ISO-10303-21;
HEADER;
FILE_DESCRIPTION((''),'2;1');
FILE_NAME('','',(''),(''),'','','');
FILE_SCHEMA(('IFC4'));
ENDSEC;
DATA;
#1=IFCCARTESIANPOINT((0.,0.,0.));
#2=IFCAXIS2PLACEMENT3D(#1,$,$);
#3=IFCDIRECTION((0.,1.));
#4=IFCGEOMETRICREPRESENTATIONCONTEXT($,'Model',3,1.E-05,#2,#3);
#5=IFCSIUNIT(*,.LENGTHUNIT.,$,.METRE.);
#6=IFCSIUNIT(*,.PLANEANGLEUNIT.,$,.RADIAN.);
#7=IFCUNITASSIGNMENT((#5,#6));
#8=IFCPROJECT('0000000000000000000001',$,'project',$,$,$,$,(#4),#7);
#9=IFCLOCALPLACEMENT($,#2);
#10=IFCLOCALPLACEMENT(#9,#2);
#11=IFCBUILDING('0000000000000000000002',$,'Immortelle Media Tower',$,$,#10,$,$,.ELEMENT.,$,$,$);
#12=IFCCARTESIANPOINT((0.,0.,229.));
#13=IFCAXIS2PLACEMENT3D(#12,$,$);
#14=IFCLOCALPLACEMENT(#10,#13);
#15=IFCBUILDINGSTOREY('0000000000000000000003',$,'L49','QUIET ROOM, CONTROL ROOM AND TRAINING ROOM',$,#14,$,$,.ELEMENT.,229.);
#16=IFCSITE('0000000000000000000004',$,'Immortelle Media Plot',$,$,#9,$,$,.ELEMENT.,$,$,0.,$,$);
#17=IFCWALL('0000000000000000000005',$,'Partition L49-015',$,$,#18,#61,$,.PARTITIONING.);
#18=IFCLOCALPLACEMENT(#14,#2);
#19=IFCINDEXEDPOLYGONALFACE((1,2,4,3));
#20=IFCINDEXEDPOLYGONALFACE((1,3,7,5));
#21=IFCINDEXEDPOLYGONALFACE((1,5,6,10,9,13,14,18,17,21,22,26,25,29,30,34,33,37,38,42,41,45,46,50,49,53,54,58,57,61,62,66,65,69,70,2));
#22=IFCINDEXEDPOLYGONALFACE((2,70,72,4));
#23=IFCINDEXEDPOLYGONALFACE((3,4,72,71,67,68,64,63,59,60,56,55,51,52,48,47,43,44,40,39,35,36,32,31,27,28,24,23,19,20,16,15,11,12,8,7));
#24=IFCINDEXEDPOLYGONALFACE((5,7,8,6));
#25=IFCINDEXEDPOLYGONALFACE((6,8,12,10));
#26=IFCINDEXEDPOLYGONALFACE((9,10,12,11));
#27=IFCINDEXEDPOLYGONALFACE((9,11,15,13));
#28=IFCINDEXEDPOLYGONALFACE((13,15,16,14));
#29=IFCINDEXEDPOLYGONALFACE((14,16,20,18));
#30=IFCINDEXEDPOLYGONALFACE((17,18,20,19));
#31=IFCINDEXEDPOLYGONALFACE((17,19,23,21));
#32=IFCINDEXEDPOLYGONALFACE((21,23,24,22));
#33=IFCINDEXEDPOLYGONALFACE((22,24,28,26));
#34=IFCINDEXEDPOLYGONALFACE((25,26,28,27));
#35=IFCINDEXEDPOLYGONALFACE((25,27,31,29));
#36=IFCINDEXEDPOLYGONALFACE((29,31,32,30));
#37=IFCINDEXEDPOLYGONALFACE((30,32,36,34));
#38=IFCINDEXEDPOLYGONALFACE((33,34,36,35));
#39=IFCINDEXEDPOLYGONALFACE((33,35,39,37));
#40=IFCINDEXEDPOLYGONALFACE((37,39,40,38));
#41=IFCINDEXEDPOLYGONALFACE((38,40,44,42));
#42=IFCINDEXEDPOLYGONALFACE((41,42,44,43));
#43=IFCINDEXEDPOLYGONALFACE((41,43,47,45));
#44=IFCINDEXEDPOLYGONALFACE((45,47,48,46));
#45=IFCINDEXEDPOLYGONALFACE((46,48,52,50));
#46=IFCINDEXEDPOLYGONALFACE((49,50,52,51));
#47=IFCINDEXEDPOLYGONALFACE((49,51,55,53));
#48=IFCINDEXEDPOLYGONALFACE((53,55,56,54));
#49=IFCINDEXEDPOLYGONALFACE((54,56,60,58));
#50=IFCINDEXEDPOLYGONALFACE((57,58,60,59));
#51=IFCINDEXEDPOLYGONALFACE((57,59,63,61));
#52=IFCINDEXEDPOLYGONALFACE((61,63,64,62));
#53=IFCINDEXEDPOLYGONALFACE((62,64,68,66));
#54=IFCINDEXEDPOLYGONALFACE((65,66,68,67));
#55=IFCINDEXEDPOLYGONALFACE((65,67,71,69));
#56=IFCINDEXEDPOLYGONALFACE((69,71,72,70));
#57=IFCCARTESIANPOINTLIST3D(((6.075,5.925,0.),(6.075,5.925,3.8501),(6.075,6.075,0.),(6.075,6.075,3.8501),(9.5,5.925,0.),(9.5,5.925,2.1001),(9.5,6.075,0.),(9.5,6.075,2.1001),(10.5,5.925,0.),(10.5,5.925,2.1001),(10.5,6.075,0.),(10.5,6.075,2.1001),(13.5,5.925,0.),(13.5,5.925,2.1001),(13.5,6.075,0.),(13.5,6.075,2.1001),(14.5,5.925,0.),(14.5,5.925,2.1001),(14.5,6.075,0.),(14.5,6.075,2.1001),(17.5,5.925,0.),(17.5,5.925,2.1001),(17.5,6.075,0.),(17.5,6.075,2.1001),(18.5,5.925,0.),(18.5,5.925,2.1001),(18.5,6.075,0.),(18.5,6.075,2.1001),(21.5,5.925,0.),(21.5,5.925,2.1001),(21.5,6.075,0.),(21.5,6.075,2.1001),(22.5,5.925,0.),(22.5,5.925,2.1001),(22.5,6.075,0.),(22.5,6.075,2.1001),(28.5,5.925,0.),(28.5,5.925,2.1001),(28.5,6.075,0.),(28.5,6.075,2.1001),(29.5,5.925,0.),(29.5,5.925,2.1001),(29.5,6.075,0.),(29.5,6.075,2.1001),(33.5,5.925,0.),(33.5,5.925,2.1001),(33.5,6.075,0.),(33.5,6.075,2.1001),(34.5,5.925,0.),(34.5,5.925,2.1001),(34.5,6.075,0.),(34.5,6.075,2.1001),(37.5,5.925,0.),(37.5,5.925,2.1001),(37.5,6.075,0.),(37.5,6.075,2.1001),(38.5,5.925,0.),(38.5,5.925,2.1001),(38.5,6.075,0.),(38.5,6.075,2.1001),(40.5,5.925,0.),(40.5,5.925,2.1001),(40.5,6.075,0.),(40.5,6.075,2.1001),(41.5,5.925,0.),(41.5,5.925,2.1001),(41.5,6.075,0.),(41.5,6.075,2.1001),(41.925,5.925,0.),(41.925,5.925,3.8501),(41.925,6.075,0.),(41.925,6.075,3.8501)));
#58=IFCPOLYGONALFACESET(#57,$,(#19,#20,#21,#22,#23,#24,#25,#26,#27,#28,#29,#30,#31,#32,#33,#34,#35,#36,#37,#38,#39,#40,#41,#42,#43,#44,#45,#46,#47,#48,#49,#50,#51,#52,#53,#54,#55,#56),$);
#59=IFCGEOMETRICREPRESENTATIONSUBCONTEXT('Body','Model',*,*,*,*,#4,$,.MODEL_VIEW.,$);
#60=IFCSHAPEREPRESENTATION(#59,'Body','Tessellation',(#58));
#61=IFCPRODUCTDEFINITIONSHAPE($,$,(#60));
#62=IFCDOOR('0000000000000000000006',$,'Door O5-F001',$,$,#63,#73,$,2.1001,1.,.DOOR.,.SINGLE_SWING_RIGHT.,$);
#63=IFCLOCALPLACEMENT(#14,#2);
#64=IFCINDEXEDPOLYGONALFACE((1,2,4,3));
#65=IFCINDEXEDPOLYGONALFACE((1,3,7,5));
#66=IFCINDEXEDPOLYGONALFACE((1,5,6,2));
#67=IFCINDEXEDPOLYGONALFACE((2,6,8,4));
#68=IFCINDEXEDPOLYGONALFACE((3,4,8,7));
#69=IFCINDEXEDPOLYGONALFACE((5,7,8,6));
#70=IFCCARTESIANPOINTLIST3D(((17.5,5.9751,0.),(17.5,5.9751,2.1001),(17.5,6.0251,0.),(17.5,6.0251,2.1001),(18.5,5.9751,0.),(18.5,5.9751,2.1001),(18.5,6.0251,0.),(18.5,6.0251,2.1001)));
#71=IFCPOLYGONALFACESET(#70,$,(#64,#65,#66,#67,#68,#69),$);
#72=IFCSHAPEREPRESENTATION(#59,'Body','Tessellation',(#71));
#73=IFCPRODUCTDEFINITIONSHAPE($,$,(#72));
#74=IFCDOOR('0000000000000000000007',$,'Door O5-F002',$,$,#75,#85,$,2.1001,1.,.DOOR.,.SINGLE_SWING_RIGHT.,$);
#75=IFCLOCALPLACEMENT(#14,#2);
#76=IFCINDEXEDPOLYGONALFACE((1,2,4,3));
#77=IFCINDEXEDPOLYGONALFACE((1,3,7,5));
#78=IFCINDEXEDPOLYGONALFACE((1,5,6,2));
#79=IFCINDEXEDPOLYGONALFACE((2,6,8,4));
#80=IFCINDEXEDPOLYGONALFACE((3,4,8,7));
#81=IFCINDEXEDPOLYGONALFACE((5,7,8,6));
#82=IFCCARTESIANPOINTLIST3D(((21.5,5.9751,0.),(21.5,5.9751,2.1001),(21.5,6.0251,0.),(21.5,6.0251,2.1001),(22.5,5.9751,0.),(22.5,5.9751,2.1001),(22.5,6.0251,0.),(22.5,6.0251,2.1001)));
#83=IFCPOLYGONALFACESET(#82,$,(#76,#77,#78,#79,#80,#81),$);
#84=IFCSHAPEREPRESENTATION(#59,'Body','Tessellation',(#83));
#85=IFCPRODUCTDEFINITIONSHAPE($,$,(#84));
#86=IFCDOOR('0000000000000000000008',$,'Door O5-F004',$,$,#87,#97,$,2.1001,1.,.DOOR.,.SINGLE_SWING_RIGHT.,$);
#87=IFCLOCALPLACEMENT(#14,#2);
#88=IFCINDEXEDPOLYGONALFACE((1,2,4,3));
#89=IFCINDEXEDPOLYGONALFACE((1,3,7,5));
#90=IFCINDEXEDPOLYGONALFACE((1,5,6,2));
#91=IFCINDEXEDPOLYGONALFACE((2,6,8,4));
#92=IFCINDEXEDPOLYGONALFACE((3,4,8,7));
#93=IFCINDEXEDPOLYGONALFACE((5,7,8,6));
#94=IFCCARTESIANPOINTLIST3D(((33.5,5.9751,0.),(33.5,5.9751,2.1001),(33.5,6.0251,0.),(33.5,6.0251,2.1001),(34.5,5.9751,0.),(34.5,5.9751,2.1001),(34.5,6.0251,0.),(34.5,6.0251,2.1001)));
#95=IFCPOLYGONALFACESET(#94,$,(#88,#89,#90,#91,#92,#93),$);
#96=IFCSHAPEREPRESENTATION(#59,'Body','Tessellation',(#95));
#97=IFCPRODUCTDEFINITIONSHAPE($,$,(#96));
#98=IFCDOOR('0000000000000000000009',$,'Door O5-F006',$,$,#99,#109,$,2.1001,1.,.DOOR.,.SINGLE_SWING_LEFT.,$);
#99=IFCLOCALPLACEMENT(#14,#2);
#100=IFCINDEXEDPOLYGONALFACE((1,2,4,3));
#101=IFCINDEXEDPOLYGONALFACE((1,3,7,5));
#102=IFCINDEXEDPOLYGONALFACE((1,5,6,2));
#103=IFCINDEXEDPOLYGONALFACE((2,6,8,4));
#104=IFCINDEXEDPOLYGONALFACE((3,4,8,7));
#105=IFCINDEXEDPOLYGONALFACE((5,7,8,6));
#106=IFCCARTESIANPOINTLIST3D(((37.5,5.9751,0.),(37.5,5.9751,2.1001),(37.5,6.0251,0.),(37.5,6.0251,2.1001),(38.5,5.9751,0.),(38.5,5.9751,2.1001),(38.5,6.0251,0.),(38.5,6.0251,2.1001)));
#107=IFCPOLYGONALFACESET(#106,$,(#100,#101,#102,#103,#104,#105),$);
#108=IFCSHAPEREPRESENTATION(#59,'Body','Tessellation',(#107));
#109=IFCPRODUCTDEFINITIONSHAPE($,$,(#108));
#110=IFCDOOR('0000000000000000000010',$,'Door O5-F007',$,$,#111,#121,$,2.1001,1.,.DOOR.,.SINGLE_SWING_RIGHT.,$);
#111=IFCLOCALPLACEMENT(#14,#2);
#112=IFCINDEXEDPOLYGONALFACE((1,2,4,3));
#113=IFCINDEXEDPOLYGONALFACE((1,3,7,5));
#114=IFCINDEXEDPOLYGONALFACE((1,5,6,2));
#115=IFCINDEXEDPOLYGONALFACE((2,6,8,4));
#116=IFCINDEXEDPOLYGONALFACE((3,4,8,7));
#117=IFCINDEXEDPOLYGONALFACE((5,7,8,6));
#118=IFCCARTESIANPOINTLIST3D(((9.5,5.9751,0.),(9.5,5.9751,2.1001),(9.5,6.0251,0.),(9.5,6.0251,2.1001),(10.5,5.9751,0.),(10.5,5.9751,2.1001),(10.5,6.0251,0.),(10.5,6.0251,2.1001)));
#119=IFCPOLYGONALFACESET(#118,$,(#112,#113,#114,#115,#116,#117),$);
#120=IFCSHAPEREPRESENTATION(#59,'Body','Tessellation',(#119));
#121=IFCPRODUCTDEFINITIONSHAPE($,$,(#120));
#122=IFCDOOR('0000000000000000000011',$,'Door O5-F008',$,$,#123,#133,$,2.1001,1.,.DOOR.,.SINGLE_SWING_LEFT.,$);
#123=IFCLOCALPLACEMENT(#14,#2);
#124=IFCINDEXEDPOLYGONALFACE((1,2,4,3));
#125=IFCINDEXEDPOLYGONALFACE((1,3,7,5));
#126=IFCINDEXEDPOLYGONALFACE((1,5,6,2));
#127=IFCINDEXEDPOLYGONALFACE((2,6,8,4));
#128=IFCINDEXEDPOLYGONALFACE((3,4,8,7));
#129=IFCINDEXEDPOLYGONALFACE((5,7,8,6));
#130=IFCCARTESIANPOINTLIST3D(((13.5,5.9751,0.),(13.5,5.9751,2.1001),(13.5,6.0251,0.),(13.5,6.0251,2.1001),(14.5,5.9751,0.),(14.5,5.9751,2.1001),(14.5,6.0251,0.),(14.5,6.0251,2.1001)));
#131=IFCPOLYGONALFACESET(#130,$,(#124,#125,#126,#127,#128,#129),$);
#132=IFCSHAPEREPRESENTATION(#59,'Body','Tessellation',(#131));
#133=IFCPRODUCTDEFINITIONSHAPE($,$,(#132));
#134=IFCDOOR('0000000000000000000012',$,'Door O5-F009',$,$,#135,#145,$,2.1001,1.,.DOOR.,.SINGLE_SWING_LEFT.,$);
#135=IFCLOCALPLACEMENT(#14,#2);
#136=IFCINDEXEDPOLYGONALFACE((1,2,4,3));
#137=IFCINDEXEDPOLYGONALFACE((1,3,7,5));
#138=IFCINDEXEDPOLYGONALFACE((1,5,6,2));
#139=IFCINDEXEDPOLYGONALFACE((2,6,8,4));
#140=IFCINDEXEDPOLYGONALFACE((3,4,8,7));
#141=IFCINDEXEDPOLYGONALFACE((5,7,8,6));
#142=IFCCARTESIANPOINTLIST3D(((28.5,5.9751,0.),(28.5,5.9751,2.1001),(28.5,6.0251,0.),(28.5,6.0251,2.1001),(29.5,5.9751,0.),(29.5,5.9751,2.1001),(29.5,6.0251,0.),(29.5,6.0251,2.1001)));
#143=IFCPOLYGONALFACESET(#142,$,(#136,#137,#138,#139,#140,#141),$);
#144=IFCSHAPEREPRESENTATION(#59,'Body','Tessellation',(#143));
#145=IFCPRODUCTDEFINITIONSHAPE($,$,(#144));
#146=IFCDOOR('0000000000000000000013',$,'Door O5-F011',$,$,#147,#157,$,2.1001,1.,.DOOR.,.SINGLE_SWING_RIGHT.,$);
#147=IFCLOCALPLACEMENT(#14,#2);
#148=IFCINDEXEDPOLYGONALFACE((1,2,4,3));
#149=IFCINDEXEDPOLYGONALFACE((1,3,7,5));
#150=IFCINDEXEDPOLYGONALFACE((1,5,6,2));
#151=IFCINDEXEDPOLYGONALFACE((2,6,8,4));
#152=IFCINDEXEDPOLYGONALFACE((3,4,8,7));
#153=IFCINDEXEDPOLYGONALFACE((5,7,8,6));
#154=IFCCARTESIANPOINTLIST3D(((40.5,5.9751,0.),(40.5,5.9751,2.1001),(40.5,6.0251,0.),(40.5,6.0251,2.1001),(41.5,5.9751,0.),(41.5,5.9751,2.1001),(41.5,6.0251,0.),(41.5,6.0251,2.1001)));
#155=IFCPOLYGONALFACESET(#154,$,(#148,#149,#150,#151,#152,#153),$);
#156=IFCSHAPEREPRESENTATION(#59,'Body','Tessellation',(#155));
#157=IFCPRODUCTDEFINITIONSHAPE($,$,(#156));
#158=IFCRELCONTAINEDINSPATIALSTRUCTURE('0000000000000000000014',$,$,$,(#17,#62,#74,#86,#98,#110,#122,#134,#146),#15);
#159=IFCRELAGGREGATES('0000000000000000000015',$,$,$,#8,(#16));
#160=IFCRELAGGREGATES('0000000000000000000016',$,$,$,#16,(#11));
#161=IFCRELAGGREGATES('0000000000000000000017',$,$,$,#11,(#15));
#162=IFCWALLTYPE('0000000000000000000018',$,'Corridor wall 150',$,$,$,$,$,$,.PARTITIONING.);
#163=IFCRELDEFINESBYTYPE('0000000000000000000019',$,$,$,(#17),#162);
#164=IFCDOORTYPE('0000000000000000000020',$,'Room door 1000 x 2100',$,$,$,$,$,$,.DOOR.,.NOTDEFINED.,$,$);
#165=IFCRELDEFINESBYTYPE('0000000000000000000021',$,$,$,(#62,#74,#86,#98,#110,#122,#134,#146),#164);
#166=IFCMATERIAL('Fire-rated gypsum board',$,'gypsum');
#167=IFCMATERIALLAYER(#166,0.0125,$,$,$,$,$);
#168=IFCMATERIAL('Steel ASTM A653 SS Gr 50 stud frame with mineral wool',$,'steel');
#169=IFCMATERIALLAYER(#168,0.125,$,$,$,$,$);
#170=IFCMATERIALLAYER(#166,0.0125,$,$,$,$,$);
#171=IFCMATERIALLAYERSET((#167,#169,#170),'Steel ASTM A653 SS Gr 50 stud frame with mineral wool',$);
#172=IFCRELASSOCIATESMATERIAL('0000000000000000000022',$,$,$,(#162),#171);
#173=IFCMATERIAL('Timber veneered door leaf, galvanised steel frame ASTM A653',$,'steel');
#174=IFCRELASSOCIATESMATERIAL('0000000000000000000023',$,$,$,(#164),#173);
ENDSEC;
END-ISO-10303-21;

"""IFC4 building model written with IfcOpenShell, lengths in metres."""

from ifc_helpers import new_model, si_unit, direction, frame, frame_2d, origin, place, context, subcontext, project, spatial, rectangle, extrude, material, layer, layer_set, type_object, element, fill, save


model = new_model("IFC4")

# Units and contexts
model_context = context("Model", 3, precision=1e-05, world=origin(), true_north=direction((0.0, 1.0)))
body_context = subcontext(model_context, "Body", "Model", "MODEL_VIEW")
ifc_project = project(units=[si_unit("LENGTHUNIT", "METRE"), si_unit("PLANEANGLEUNIT", "RADIAN")], contexts=[model_context])

# Site, building, storey
site_placement = place(None, origin())
site = spatial("IfcSite", under=ifc_project, at=site_placement, Name="Immortelle Media Plot", CompositionType="ELEMENT", RefElevation=0.0)
building_placement = place(site_placement, origin())
building = spatial("IfcBuilding", under=site, at=building_placement, Name="Immortelle Media Tower", CompositionType="ELEMENT")
storey_placement = place(building_placement, frame((0.0, 0.0, 229.0)))
storey = spatial("IfcBuildingStorey", under=building, at=storey_placement, Name="L49", Description="QUIET ROOM, CONTROL ROOM AND TRAINING ROOM", CompositionType="ELEMENT", Elevation=229.0)

# Wall, openings, doors
ifc_material_1 = material(Name="Fire-rated gypsum board", Category="gypsum")
ifc_layer_1 = layer(ifc_material_1, 0.0125)
ifc_material_2 = material(Name="Steel ASTM A653 SS Gr 50 stud frame with mineral wool", Category="steel")
ifc_layer_2 = layer(ifc_material_2, 0.125)
ifc_layer_3 = layer(ifc_material_1, 0.0125)
ifc_layer_set_1 = layer_set([ifc_layer_1, ifc_layer_2, ifc_layer_3], Name="Steel ASTM A653 SS Gr 50 stud frame with mineral wool")
wall_type_1 = type_object("IfcWallType", Name="Corridor wall 150", PredefinedType="PARTITIONING", material=ifc_layer_set_1)
wall_1_placement = place(storey_placement, frame((6.075, 6.0, 0.0), z_axis=(0.0, 0.0, 1.0), x_axis=(1.0, 0.0, 0.0)))
wall_1 = element("IfcWall", 1, at=wall_1_placement, inside=storey, type_object=wall_type_1, Name="Partition L49-015", PredefinedType="PARTITIONING", context=body_context, shape_type="SweptSolid", body=[
    extrude(rectangle(XDim=35.8501, YDim=0.1499, at=frame_2d((17.925, 0.0))), origin(), (0.0, 0.0, 1.0), 3.8501),
])
opening_1_placement = place(wall_1_placement, frame((12.425, 0.0, 0.0), z_axis=(0.0, 0.0, 1.0), x_axis=(-1.0, 0.0, 0.0)))
opening_1 = element("IfcOpeningElement", 2, at=opening_1_placement, cuts=wall_1, PredefinedType="OPENING", context=body_context, shape_type="SweptSolid", body=[
    extrude(rectangle(XDim=1.0, YDim=2.1001, at=frame_2d((0.5, 1.05))), frame((0.0, 0.085, 0.0), z_axis=(0.0, -1.0, 0.0), x_axis=(1.0, 0.0, 0.0)), (0.0, 0.0, 1.0), 0.1699),
])
opening_2_placement = place(wall_1_placement, frame((16.425, 0.0, 0.0), z_axis=(0.0, 0.0, 1.0), x_axis=(-1.0, 0.0, 0.0)))
opening_2 = element("IfcOpeningElement", 3, at=opening_2_placement, cuts=wall_1, PredefinedType="OPENING", context=body_context, shape_type="SweptSolid", body=[
    extrude(rectangle(XDim=1.0, YDim=2.1001, at=frame_2d((0.5, 1.05))), frame((0.0, 0.085, 0.0), z_axis=(0.0, -1.0, 0.0), x_axis=(1.0, 0.0, 0.0)), (0.0, 0.0, 1.0), 0.1699),
])
opening_3_placement = place(wall_1_placement, frame((28.425, 0.0, 0.0), z_axis=(0.0, 0.0, 1.0), x_axis=(-1.0, 0.0, 0.0)))
opening_3 = element("IfcOpeningElement", 4, at=opening_3_placement, cuts=wall_1, PredefinedType="OPENING", context=body_context, shape_type="SweptSolid", body=[
    extrude(rectangle(XDim=1.0, YDim=2.1001, at=frame_2d((0.5, 1.05))), frame((0.0, 0.085, 0.0), z_axis=(0.0, -1.0, 0.0), x_axis=(1.0, 0.0, 0.0)), (0.0, 0.0, 1.0), 0.1699),
])
opening_4_placement = place(wall_1_placement, frame((32.425, 0.0, 0.0), z_axis=(0.0, 0.0, 1.0), x_axis=(-1.0, 0.0, 0.0)))
opening_4 = element("IfcOpeningElement", 5, at=opening_4_placement, cuts=wall_1, PredefinedType="OPENING", context=body_context, shape_type="SweptSolid", body=[
    extrude(rectangle(XDim=1.0, YDim=2.1001, at=frame_2d((0.5, 1.05))), frame((0.0, 0.085, 0.0), z_axis=(0.0, -1.0, 0.0), x_axis=(1.0, 0.0, 0.0)), (0.0, 0.0, 1.0), 0.1699),
])
opening_5_placement = place(wall_1_placement, frame((4.425, 0.0, 0.0), z_axis=(0.0, 0.0, 1.0), x_axis=(-1.0, 0.0, 0.0)))
opening_5 = element("IfcOpeningElement", 6, at=opening_5_placement, cuts=wall_1, PredefinedType="OPENING", context=body_context, shape_type="SweptSolid", body=[
    extrude(rectangle(XDim=1.0, YDim=2.1001, at=frame_2d((0.5, 1.05))), frame((0.0, 0.085, 0.0), z_axis=(0.0, -1.0, 0.0), x_axis=(1.0, 0.0, 0.0)), (0.0, 0.0, 1.0), 0.1699),
])
opening_6_placement = place(wall_1_placement, frame((8.425, 0.0, 0.0), z_axis=(0.0, 0.0, 1.0), x_axis=(-1.0, 0.0, 0.0)))
opening_6 = element("IfcOpeningElement", 7, at=opening_6_placement, cuts=wall_1, PredefinedType="OPENING", context=body_context, shape_type="SweptSolid", body=[
    extrude(rectangle(XDim=1.0, YDim=2.1001, at=frame_2d((0.5, 1.05))), frame((0.0, 0.085, 0.0), z_axis=(0.0, -1.0, 0.0), x_axis=(1.0, 0.0, 0.0)), (0.0, 0.0, 1.0), 0.1699),
])
opening_7_placement = place(wall_1_placement, frame((23.425, 0.0, 0.0), z_axis=(0.0, 0.0, 1.0), x_axis=(-1.0, 0.0, 0.0)))
opening_7 = element("IfcOpeningElement", 8, at=opening_7_placement, cuts=wall_1, PredefinedType="OPENING", context=body_context, shape_type="SweptSolid", body=[
    extrude(rectangle(XDim=1.0, YDim=2.1001, at=frame_2d((0.5, 1.05))), frame((0.0, 0.085, 0.0), z_axis=(0.0, -1.0, 0.0), x_axis=(1.0, 0.0, 0.0)), (0.0, 0.0, 1.0), 0.1699),
])
opening_8_placement = place(wall_1_placement, frame((35.425, 0.0, 0.0), z_axis=(0.0, 0.0, 1.0), x_axis=(-1.0, 0.0, 0.0)))
opening_8 = element("IfcOpeningElement", 9, at=opening_8_placement, cuts=wall_1, PredefinedType="OPENING", context=body_context, shape_type="SweptSolid", body=[
    extrude(rectangle(XDim=1.0, YDim=2.1001, at=frame_2d((0.5, 1.05))), frame((0.0, 0.085, 0.0), z_axis=(0.0, -1.0, 0.0), x_axis=(1.0, 0.0, 0.0)), (0.0, 0.0, 1.0), 0.1699),
])
ifc_material_3 = material(Name="Timber veneered door leaf, galvanised steel frame ASTM A653", Category="steel")
door_type = type_object("IfcDoorType", Name="Room door 1000 x 2100", OperationType="NOTDEFINED", PredefinedType="DOOR", material=ifc_material_3)
door_1_placement = place(opening_1_placement, origin())
door_1 = element("IfcDoor", 10, at=door_1_placement, inside=storey, type_object=door_type, Name="Door O5-F001", OperationType="SINGLE_SWING_RIGHT", OverallHeight=2.1001, OverallWidth=1.0, PredefinedType="DOOR", context=body_context, shape_type="SweptSolid", body=[
    extrude(rectangle(XDim=1.0, YDim=2.1001, at=frame_2d((0.5, 1.05))), frame((0.0, 0.0249, 0.0), z_axis=(0.0, -1.0, 0.0), x_axis=(1.0, 0.0, 0.0)), (0.0, 0.0, 1.0), 0.05),
])
fill(opening_1, door_1)
door_2_placement = place(opening_2_placement, origin())
door_2 = element("IfcDoor", 11, at=door_2_placement, inside=storey, type_object=door_type, Name="Door O5-F002", OperationType="SINGLE_SWING_RIGHT", OverallHeight=2.1001, OverallWidth=1.0, PredefinedType="DOOR", context=body_context, shape_type="SweptSolid", body=[
    extrude(rectangle(XDim=1.0, YDim=2.1001, at=frame_2d((0.5, 1.05))), frame((0.0, 0.0249, 0.0), z_axis=(0.0, -1.0, 0.0), x_axis=(1.0, 0.0, 0.0)), (0.0, 0.0, 1.0), 0.05),
])
fill(opening_2, door_2)
door_3_placement = place(opening_3_placement, origin())
door_3 = element("IfcDoor", 12, at=door_3_placement, inside=storey, type_object=door_type, Name="Door O5-F004", OperationType="SINGLE_SWING_RIGHT", OverallHeight=2.1001, OverallWidth=1.0, PredefinedType="DOOR", context=body_context, shape_type="SweptSolid", body=[
    extrude(rectangle(XDim=1.0, YDim=2.1001, at=frame_2d((0.5, 1.05))), frame((0.0, 0.0249, 0.0), z_axis=(0.0, -1.0, 0.0), x_axis=(1.0, 0.0, 0.0)), (0.0, 0.0, 1.0), 0.05),
])
fill(opening_3, door_3)
door_4_placement = place(opening_4_placement, origin())
door_4 = element("IfcDoor", 13, at=door_4_placement, inside=storey, type_object=door_type, Name="Door O5-F006", OperationType="SINGLE_SWING_LEFT", OverallHeight=2.1001, OverallWidth=1.0, PredefinedType="DOOR", context=body_context, shape_type="SweptSolid", body=[
    extrude(rectangle(XDim=1.0, YDim=2.1001, at=frame_2d((0.5, 1.05))), frame((0.0, 0.0249, 0.0), z_axis=(0.0, -1.0, 0.0), x_axis=(1.0, 0.0, 0.0)), (0.0, 0.0, 1.0), 0.05),
])
fill(opening_4, door_4)
door_5_placement = place(opening_5_placement, origin())
door_5 = element("IfcDoor", 14, at=door_5_placement, inside=storey, type_object=door_type, Name="Door O5-F007", OperationType="SINGLE_SWING_RIGHT", OverallHeight=2.1001, OverallWidth=1.0, PredefinedType="DOOR", context=body_context, shape_type="SweptSolid", body=[
    extrude(rectangle(XDim=1.0, YDim=2.1001, at=frame_2d((0.5, 1.05))), frame((0.0, 0.0249, 0.0), z_axis=(0.0, -1.0, 0.0), x_axis=(1.0, 0.0, 0.0)), (0.0, 0.0, 1.0), 0.05),
])
fill(opening_5, door_5)
door_6_placement = place(opening_6_placement, origin())
door_6 = element("IfcDoor", 15, at=door_6_placement, inside=storey, type_object=door_type, Name="Door O5-F008", OperationType="SINGLE_SWING_LEFT", OverallHeight=2.1001, OverallWidth=1.0, PredefinedType="DOOR", context=body_context, shape_type="SweptSolid", body=[
    extrude(rectangle(XDim=1.0, YDim=2.1001, at=frame_2d((0.5, 1.05))), frame((0.0, 0.0249, 0.0), z_axis=(0.0, -1.0, 0.0), x_axis=(1.0, 0.0, 0.0)), (0.0, 0.0, 1.0), 0.05),
])
fill(opening_6, door_6)
door_7_placement = place(opening_7_placement, origin())
door_7 = element("IfcDoor", 16, at=door_7_placement, inside=storey, type_object=door_type, Name="Door O5-F009", OperationType="SINGLE_SWING_LEFT", OverallHeight=2.1001, OverallWidth=1.0, PredefinedType="DOOR", context=body_context, shape_type="SweptSolid", body=[
    extrude(rectangle(XDim=1.0, YDim=2.1001, at=frame_2d((0.5, 1.05))), frame((0.0, 0.0249, 0.0), z_axis=(0.0, -1.0, 0.0), x_axis=(1.0, 0.0, 0.0)), (0.0, 0.0, 1.0), 0.05),
])
fill(opening_7, door_7)
door_8_placement = place(opening_8_placement, origin())
door_8 = element("IfcDoor", 17, at=door_8_placement, inside=storey, type_object=door_type, Name="Door O5-F011", OperationType="SINGLE_SWING_RIGHT", OverallHeight=2.1001, OverallWidth=1.0, PredefinedType="DOOR", context=body_context, shape_type="SweptSolid", body=[
    extrude(rectangle(XDim=1.0, YDim=2.1001, at=frame_2d((0.5, 1.05))), frame((0.0, 0.0249, 0.0), z_axis=(0.0, -1.0, 0.0), x_axis=(1.0, 0.0, 0.0)), (0.0, 0.0, 1.0), 0.05),
])
fill(opening_8, door_8)

save(model, "model.ifc")
